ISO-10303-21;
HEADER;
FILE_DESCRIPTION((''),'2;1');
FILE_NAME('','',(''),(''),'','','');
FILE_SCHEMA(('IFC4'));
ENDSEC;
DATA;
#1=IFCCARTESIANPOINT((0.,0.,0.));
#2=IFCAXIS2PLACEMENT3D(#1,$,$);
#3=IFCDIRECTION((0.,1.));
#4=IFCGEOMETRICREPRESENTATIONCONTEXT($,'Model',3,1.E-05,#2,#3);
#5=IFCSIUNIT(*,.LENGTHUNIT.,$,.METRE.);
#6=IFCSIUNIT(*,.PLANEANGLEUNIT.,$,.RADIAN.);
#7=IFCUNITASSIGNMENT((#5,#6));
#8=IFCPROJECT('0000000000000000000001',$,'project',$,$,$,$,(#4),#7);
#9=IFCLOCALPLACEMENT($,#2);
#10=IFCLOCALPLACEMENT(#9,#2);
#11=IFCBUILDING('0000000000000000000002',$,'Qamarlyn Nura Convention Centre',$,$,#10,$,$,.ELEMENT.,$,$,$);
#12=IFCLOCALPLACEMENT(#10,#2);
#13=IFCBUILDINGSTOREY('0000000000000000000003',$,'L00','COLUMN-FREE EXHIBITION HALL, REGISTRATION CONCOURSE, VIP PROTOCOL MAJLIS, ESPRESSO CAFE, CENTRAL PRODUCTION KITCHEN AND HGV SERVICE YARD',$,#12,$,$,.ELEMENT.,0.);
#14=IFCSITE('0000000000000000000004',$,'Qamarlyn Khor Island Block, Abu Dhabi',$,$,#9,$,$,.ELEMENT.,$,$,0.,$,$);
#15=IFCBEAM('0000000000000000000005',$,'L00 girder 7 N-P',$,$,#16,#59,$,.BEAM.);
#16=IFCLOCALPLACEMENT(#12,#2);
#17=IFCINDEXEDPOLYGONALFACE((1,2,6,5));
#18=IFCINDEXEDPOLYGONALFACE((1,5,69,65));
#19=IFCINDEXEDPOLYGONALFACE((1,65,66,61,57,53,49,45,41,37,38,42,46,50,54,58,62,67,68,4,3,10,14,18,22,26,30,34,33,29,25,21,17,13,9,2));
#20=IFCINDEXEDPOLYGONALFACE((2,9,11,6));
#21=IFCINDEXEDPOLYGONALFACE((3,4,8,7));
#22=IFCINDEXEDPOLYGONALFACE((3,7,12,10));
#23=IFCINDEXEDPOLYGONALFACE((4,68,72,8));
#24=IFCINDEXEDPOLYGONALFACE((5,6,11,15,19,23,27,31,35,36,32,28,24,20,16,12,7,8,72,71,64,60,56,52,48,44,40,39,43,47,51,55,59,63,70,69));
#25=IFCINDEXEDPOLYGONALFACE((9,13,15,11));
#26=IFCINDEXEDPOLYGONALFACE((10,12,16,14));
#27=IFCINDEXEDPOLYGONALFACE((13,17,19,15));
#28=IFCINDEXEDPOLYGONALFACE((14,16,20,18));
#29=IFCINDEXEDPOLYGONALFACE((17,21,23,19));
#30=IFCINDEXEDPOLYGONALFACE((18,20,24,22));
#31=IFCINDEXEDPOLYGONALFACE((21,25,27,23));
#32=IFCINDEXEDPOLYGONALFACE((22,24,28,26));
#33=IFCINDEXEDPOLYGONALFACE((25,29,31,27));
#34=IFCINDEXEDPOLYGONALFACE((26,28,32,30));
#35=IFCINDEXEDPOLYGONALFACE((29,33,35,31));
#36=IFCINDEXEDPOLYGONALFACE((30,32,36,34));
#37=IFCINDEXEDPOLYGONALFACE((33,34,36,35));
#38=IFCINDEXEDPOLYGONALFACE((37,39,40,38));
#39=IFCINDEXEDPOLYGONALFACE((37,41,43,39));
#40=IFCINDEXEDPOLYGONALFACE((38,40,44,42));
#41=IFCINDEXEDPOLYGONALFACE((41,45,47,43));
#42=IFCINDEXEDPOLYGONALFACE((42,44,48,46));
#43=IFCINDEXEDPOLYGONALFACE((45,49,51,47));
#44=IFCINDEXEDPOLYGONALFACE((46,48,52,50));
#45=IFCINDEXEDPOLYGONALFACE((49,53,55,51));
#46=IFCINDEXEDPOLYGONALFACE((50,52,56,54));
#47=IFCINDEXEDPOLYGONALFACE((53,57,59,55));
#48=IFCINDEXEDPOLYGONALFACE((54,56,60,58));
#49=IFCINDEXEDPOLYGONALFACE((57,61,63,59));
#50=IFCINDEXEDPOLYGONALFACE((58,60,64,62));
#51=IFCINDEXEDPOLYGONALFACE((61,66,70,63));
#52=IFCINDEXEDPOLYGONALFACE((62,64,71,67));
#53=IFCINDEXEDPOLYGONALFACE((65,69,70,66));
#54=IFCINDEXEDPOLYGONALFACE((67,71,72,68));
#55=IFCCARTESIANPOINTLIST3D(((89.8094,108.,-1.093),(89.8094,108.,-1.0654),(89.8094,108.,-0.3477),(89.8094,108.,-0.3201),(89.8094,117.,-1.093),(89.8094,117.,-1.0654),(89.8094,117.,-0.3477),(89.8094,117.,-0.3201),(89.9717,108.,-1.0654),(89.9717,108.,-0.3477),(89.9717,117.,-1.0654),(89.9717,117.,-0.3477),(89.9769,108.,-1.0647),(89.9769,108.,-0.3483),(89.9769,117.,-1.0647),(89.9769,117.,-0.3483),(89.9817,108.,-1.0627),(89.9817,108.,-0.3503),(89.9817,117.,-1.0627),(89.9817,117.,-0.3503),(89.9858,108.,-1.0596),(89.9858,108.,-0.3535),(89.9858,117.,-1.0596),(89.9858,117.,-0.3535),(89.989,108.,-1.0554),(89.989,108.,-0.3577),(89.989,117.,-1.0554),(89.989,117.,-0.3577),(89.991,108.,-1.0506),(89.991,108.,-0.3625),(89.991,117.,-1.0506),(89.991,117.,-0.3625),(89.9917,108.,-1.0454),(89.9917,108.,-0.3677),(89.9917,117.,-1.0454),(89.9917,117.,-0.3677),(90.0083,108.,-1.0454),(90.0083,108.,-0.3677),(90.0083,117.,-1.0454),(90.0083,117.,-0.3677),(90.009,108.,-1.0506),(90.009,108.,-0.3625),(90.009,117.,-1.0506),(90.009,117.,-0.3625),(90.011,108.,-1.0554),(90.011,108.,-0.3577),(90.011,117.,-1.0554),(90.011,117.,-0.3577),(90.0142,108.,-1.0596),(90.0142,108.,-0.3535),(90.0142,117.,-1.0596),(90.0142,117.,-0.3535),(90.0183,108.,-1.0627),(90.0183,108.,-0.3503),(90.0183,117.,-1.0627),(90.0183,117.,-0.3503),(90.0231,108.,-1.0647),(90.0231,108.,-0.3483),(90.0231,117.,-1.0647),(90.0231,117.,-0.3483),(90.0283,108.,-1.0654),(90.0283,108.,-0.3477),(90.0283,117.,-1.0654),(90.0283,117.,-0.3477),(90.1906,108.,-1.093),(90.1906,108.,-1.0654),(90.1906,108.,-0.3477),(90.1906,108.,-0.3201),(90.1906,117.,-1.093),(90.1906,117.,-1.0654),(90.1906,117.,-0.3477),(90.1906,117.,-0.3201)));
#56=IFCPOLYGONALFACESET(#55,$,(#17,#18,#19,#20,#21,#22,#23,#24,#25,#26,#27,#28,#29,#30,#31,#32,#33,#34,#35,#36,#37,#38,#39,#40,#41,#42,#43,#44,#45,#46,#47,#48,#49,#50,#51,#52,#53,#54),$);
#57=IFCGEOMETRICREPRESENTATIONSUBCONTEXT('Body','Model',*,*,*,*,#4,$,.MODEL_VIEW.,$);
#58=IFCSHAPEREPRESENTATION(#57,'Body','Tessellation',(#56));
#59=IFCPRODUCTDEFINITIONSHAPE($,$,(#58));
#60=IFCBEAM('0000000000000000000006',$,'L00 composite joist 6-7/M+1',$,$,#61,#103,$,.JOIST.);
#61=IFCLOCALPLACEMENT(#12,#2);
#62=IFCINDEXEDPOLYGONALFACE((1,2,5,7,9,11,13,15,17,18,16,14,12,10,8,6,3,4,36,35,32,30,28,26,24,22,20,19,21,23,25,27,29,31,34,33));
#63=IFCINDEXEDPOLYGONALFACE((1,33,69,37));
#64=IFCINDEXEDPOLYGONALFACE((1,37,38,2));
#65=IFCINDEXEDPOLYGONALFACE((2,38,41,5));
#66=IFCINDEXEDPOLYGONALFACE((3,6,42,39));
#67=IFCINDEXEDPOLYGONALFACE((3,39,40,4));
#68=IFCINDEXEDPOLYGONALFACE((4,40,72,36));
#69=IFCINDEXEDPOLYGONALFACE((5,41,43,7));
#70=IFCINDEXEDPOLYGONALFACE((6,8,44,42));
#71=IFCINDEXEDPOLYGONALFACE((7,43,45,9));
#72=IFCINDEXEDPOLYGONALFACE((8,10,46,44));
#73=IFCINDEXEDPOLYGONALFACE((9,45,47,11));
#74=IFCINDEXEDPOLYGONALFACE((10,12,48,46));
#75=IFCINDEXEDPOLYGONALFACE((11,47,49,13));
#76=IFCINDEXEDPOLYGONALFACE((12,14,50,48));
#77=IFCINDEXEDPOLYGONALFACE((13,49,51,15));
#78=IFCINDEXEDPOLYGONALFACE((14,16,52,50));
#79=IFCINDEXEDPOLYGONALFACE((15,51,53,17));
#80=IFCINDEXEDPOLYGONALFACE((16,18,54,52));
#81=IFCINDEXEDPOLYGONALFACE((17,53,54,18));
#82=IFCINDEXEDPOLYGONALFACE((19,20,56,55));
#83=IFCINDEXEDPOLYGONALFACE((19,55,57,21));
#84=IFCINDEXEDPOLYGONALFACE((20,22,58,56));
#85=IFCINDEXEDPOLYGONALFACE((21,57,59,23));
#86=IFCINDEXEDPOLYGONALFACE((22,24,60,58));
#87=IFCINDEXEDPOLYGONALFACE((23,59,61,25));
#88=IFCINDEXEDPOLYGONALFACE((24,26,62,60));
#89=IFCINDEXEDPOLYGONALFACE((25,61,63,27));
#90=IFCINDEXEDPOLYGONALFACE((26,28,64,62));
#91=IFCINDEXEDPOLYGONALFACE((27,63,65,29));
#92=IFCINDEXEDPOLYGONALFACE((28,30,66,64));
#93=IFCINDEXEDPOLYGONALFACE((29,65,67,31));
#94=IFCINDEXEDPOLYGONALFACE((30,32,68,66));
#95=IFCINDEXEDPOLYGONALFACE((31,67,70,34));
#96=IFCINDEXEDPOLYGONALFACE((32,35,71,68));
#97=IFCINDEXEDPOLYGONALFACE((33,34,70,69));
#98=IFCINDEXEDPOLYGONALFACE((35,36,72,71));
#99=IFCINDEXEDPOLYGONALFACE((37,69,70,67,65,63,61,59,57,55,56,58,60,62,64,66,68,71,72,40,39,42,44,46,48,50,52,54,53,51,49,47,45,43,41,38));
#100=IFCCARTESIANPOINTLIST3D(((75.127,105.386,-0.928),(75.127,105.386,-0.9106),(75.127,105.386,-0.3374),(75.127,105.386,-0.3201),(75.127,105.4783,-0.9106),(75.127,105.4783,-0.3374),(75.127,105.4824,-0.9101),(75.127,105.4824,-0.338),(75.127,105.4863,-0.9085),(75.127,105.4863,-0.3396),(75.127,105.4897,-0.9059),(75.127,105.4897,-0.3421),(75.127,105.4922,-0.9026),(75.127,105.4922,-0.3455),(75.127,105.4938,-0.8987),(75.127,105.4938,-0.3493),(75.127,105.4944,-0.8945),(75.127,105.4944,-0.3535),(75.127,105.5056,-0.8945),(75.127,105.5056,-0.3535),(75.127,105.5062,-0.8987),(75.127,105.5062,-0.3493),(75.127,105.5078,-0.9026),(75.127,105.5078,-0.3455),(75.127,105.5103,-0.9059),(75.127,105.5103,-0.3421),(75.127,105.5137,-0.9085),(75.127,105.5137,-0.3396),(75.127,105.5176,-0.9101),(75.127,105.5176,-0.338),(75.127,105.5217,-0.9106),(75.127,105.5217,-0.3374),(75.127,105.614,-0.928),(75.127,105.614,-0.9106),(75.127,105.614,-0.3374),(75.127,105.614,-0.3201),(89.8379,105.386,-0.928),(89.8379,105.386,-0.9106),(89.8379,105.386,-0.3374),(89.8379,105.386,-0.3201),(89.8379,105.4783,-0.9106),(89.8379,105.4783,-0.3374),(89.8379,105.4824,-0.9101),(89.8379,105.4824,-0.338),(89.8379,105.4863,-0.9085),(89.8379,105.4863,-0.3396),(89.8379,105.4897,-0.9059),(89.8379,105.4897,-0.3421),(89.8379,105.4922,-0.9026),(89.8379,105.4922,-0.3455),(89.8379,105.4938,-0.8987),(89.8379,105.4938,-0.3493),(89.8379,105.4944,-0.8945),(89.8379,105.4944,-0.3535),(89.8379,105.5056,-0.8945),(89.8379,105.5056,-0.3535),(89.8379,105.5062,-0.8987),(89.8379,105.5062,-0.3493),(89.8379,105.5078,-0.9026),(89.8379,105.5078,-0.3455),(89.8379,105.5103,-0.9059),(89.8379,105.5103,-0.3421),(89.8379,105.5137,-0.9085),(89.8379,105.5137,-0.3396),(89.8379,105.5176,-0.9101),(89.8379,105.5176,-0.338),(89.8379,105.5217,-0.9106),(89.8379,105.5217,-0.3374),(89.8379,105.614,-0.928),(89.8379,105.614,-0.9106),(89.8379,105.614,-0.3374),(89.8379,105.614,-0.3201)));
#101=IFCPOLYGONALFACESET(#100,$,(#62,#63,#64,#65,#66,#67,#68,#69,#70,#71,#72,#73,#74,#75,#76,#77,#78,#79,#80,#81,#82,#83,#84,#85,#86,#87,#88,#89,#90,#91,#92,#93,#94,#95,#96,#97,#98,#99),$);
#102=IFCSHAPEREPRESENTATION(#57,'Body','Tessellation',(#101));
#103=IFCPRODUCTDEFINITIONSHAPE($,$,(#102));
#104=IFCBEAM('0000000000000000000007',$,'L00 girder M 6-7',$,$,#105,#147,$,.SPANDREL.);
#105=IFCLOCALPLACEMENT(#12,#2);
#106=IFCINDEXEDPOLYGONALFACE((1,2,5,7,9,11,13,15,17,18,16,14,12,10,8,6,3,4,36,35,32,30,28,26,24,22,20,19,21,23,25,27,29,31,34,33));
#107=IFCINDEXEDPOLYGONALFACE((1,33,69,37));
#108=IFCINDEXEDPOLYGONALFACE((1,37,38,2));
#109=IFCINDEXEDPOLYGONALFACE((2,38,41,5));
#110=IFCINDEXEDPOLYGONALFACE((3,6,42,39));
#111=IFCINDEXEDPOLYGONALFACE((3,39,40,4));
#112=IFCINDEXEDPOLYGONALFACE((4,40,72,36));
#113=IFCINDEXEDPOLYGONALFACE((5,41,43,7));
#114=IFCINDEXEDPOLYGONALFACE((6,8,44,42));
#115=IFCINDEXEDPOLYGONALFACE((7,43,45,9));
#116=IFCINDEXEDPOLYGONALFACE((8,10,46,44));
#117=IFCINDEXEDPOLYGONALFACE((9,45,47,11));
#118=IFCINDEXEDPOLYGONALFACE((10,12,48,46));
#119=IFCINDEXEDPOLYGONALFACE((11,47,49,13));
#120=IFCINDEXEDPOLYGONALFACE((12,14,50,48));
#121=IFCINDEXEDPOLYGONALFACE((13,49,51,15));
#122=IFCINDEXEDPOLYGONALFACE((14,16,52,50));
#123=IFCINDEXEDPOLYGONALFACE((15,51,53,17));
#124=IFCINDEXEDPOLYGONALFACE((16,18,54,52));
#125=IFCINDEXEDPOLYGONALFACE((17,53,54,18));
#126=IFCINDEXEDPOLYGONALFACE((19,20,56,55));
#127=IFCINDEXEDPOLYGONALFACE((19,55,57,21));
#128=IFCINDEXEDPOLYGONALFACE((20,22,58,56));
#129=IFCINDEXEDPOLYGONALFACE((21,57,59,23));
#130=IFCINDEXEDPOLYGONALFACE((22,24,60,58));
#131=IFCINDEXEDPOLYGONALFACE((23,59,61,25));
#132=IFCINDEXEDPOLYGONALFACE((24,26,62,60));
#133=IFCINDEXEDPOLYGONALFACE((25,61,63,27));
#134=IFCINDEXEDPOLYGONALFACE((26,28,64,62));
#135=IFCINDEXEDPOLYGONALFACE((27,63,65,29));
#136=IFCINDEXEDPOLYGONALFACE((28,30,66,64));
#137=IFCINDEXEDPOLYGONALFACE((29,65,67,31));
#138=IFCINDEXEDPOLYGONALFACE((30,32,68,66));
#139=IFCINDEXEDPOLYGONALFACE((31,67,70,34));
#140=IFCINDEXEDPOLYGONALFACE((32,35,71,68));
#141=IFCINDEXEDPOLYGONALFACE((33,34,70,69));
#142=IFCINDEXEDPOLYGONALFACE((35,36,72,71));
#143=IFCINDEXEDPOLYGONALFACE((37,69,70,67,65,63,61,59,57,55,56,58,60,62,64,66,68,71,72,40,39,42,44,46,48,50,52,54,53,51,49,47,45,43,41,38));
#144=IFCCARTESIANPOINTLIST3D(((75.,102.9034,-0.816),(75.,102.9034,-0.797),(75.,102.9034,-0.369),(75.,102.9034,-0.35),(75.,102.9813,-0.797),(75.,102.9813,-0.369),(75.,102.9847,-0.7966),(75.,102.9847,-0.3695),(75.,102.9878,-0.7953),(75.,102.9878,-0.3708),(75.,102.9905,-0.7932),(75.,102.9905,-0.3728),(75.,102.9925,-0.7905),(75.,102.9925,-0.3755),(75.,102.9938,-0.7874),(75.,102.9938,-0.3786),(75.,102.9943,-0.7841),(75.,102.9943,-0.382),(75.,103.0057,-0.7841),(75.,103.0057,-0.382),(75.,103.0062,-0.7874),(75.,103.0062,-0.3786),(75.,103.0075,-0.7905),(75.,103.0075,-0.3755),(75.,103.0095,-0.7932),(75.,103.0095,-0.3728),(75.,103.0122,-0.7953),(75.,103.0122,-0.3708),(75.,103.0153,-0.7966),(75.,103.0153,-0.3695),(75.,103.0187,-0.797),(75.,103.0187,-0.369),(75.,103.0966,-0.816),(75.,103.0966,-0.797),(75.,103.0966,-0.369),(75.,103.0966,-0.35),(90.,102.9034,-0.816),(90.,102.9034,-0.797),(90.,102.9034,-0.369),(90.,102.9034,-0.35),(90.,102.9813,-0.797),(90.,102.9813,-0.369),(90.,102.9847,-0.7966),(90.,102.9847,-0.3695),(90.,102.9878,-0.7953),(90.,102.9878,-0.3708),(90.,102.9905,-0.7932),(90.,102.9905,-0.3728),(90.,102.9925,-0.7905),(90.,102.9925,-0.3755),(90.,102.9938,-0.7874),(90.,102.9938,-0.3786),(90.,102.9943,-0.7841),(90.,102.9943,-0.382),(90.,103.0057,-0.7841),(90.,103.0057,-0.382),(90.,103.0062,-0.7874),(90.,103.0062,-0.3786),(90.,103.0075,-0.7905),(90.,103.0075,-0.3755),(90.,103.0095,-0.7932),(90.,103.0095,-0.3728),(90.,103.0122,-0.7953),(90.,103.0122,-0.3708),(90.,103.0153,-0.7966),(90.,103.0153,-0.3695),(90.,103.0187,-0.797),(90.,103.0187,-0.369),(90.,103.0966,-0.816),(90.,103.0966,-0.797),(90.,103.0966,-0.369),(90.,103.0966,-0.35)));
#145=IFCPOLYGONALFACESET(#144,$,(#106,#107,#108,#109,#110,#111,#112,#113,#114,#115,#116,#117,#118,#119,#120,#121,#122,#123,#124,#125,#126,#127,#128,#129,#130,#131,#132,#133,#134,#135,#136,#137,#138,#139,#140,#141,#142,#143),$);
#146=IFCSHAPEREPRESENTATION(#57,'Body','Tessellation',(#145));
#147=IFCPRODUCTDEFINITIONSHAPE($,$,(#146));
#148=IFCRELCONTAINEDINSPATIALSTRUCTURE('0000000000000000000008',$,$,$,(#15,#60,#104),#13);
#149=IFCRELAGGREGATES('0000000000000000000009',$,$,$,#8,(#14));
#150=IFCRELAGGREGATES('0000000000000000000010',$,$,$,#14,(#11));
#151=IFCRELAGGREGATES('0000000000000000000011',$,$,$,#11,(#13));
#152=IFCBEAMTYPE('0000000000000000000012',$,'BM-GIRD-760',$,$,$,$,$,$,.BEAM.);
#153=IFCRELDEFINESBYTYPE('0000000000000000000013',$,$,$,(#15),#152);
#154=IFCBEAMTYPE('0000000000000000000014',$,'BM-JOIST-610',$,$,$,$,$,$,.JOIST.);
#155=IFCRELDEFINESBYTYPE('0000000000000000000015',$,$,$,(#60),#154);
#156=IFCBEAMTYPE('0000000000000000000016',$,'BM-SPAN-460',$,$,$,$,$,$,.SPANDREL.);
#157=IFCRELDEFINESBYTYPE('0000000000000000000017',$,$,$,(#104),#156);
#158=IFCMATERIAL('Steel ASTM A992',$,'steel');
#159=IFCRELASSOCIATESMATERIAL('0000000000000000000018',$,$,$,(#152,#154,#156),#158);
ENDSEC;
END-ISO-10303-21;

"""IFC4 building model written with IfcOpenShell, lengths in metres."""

from ifc_helpers import new_model, si_unit, direction, frame, origin, origin_2d, place, context, subcontext, project, spatial, i_section, extrude, material, material_profile, profile_set, type_object, element, save


model = new_model("IFC4")

# Units and contexts
model_context = context("Model", 3, precision=1e-05, world=origin(), true_north=direction((0.0, 1.0)))
body_context = subcontext(model_context, "Body", "Model", "MODEL_VIEW")
ifc_project = project(units=[si_unit("LENGTHUNIT", "METRE"), si_unit("PLANEANGLEUNIT", "RADIAN")], contexts=[model_context])

# Site, building, storey
site_placement = place(None, origin())
site = spatial("IfcSite", under=ifc_project, at=site_placement, Name="Qamarlyn Khor Island Block, Abu Dhabi", CompositionType="ELEMENT", RefElevation=0.0)
building_placement = place(site_placement, origin())
building = spatial("IfcBuilding", under=site, at=building_placement, Name="Qamarlyn Nura Convention Centre", CompositionType="ELEMENT")
storey_placement = place(building_placement, origin())
storey = spatial("IfcBuildingStorey", under=building, at=storey_placement, Name="L00", Description="COLUMN-FREE EXHIBITION HALL, REGISTRATION CONCOURSE, VIP PROTOCOL MAJLIS, ESPRESSO CAFE, CENTRAL PRODUCTION KITCHEN AND HGV SERVICE YARD", CompositionType="ELEMENT", Elevation=0.0)

# Shared definitions
ifc_material_1 = material(Name="Steel ASTM A992", Category="steel")

# Beams
ifc_material_profile_1 = material_profile(ifc_material_1, i_section(OverallWidth=0.3811, OverallDepth=0.7729, WebThickness=0.0166, FlangeThickness=0.0276, FilletRadius=0.02, at=origin_2d()), Name="W760X257")
ifc_profile_set_1 = profile_set([ifc_material_profile_1], Name="Steel ASTM A992")
beam_type_1 = type_object("IfcBeamType", Name="BM-GIRD-760", PredefinedType="BEAM", material=ifc_profile_set_1)
beam_1_placement = place(storey_placement, frame((90.0, 108.0, -0.7065), z_axis=(0.0, 1.0, 0.0), x_axis=(-1.0, 0.0, 0.0)))
element("IfcBeam", 1, at=beam_1_placement, inside=storey, type_object=beam_type_1, Name="L00 girder 7 N-P", PredefinedType="BEAM", context=body_context, shape_type="SweptSolid", body=[
    extrude(i_section(OverallWidth=0.3811, OverallDepth=0.7729, WebThickness=0.0166, FlangeThickness=0.0276, FilletRadius=0.02, at=origin_2d()), origin(), (0.0, 0.0, 1.0), 9.0),
])
ifc_material_profile_2 = material_profile(ifc_material_1, i_section(OverallWidth=0.228, OverallDepth=0.6079, WebThickness=0.0112, FlangeThickness=0.0173, FilletRadius=0.0161, at=origin_2d()), Name="W610X113")
ifc_profile_set_2 = profile_set([ifc_material_profile_2], Name="Steel ASTM A992")
beam_type_2 = type_object("IfcBeamType", Name="BM-JOIST-610", PredefinedType="JOIST", material=ifc_profile_set_2)
beam_2_placement = place(storey_placement, frame((75.127, 105.5, -0.624), z_axis=(1.0, 0.0, 0.0), x_axis=(0.0, 1.0, 0.0)))
element("IfcBeam", 2, at=beam_2_placement, inside=storey, type_object=beam_type_2, Name="L00 composite joist 6-7/M+1", PredefinedType="JOIST", context=body_context, shape_type="SweptSolid", body=[
    extrude(i_section(OverallWidth=0.228, OverallDepth=0.6079, WebThickness=0.0112, FlangeThickness=0.0173, FilletRadius=0.0161, at=origin_2d()), origin(), (0.0, 0.0, 1.0), 14.7109),
])
ifc_material_profile_3 = material_profile(ifc_material_1, i_section(OverallWidth=0.1931, OverallDepth=0.4661, WebThickness=0.0115, FlangeThickness=0.019, FilletRadius=0.0129, at=origin_2d()), Name="W460X97")
ifc_profile_set_3 = profile_set([ifc_material_profile_3], Name="Steel ASTM A992")
beam_type_3 = type_object("IfcBeamType", Name="BM-SPAN-460", PredefinedType="SPANDREL", material=ifc_profile_set_3)
beam_3_placement = place(storey_placement, frame((75.0, 103.0, -0.583), z_axis=(1.0, 0.0, 0.0), x_axis=(0.0, 1.0, 0.0)))
element("IfcBeam", 3, at=beam_3_placement, inside=storey, type_object=beam_type_3, Name="L00 girder M 6-7", PredefinedType="SPANDREL", context=body_context, shape_type="SweptSolid", body=[
    extrude(i_section(OverallWidth=0.1931, OverallDepth=0.4661, WebThickness=0.0115, FlangeThickness=0.019, FilletRadius=0.0129, at=origin_2d()), origin(), (0.0, 0.0, 1.0), 15.0),
])

save(model, "model.ifc")
